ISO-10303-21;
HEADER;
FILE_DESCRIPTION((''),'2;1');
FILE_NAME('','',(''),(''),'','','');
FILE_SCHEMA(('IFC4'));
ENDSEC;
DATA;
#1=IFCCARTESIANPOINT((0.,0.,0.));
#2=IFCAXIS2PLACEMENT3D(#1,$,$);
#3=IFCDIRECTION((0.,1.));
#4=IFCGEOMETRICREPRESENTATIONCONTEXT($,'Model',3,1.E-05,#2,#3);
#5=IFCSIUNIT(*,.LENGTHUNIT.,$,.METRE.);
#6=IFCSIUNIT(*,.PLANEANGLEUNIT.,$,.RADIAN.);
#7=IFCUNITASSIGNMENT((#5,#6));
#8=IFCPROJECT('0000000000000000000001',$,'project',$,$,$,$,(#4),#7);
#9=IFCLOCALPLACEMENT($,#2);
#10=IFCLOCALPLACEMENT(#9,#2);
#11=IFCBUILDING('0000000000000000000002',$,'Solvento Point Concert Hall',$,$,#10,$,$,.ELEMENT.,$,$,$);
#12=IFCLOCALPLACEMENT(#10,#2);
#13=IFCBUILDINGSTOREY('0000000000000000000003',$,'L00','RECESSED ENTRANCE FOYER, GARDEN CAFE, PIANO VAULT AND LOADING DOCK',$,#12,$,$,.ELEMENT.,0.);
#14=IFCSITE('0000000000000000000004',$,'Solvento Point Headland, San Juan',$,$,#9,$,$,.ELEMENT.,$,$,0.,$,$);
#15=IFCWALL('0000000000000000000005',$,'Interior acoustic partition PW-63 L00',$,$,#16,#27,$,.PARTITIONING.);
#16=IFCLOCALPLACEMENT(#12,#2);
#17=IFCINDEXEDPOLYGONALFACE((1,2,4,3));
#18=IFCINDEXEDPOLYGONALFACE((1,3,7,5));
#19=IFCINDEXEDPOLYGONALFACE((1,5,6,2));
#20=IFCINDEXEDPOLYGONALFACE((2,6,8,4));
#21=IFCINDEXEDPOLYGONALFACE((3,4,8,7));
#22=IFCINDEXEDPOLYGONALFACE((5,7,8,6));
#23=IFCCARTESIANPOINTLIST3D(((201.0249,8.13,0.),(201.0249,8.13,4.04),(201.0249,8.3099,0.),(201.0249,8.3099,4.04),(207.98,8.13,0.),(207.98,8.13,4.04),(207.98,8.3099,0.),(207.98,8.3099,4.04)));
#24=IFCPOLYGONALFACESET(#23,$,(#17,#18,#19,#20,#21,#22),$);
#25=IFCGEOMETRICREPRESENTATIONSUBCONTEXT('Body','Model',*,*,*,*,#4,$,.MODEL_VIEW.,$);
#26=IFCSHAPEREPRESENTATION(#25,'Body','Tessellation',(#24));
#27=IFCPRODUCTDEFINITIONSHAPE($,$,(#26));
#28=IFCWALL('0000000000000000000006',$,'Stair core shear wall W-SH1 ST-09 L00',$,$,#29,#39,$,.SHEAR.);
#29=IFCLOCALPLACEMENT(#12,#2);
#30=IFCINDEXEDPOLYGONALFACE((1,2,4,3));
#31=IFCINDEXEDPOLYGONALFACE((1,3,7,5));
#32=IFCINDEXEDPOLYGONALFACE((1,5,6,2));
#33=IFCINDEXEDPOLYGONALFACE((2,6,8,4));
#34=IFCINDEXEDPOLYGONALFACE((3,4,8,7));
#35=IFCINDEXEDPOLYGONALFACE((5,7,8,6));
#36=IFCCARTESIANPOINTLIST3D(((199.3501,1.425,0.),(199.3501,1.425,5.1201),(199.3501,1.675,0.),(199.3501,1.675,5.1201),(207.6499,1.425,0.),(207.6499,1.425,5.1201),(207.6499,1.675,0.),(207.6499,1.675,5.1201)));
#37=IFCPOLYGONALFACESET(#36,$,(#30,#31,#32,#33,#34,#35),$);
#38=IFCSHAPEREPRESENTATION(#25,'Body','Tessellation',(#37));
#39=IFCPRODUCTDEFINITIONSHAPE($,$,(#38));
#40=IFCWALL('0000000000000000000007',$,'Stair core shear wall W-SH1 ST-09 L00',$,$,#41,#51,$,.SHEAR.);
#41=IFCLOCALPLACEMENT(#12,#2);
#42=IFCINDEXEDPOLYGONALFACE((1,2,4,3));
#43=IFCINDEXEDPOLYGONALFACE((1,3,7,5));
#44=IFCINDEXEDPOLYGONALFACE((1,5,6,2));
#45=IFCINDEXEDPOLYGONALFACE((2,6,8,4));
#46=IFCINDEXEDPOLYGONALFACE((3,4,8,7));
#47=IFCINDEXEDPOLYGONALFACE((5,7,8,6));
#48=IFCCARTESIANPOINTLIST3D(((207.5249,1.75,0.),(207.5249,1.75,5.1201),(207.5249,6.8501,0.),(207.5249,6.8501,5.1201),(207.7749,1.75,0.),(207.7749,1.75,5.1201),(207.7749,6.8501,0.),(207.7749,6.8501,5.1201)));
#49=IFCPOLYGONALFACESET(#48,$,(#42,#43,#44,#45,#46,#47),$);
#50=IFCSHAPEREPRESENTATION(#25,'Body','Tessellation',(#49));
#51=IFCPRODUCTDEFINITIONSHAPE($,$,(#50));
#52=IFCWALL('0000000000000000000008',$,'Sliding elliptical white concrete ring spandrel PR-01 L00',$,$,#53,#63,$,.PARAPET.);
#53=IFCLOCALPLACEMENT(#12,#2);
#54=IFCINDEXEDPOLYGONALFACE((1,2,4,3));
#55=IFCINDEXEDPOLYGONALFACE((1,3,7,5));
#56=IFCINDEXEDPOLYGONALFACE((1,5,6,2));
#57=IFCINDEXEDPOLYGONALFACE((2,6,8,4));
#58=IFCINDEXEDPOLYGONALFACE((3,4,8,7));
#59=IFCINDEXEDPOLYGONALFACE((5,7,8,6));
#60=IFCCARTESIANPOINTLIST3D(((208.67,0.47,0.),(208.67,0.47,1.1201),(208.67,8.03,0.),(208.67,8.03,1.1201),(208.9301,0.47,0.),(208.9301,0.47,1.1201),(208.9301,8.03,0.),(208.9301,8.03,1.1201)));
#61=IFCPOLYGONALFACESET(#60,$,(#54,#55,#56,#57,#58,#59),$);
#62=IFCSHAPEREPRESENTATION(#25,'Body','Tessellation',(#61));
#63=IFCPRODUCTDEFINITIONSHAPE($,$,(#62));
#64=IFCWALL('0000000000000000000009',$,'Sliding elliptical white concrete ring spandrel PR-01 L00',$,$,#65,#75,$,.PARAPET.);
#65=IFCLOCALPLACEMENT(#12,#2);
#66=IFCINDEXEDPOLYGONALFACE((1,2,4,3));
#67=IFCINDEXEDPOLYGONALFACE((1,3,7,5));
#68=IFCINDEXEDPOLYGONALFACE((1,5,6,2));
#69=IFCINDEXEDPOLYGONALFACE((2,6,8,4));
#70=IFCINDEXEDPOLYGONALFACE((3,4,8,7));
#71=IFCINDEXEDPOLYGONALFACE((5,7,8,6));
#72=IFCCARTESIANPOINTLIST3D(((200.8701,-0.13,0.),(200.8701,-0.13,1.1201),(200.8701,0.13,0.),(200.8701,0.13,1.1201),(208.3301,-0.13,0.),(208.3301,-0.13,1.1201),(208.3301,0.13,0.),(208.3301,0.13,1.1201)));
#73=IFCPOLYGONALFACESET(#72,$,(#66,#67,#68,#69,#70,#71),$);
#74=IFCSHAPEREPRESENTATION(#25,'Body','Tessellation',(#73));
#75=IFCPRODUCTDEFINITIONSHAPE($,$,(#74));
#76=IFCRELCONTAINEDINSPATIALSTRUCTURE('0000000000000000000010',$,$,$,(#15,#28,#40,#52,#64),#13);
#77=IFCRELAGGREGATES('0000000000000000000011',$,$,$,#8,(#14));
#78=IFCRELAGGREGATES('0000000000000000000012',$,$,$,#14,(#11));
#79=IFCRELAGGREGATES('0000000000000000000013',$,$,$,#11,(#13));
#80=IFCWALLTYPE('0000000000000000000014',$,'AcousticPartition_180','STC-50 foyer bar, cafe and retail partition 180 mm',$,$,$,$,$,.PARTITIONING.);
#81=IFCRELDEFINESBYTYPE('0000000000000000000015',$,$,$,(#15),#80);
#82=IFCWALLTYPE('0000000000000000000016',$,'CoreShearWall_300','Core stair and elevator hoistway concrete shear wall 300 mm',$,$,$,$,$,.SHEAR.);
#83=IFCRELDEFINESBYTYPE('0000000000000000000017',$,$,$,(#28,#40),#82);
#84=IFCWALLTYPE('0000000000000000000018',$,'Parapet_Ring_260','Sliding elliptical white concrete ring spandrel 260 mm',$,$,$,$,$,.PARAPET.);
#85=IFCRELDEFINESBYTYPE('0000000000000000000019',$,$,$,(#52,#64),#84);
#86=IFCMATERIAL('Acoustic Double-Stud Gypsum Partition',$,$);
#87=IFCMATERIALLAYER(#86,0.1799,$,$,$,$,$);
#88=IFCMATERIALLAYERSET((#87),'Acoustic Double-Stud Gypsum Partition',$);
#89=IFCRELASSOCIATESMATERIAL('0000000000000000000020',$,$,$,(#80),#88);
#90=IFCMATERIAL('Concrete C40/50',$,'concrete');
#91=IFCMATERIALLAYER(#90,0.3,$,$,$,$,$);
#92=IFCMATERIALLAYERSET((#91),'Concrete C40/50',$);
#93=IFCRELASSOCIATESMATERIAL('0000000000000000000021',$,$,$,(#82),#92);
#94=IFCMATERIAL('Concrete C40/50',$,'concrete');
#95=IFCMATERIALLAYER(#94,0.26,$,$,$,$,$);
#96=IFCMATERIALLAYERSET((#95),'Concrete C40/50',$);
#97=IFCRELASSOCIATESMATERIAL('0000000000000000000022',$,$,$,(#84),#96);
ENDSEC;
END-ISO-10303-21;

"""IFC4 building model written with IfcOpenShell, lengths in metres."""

from ifc_helpers import new_model, si_unit, direction, frame, frame_2d, origin, place, context, subcontext, project, spatial, rectangle, extrude, material, layer, layer_set, type_object, element, save


model = new_model("IFC4")

# Units and contexts
model_context = context("Model", 3, precision=1e-05, world=origin(), true_north=direction((0.0, 1.0)))
body_context = subcontext(model_context, "Body", "Model", "MODEL_VIEW")
ifc_project = project(units=[si_unit("LENGTHUNIT", "METRE"), si_unit("PLANEANGLEUNIT", "RADIAN")], contexts=[model_context])

# Site, building, storey
site_placement = place(None, origin())
site = spatial("IfcSite", under=ifc_project, at=site_placement, Name="Solvento Point Headland, San Juan", CompositionType="ELEMENT", RefElevation=0.0)
building_placement = place(site_placement, origin())
building = spatial("IfcBuilding", under=site, at=building_placement, Name="Solvento Point Concert Hall", CompositionType="ELEMENT")
storey_placement = place(building_placement, origin())
storey = spatial("IfcBuildingStorey", under=building, at=storey_placement, Name="L00", Description="RECESSED ENTRANCE FOYER, GARDEN CAFE, PIANO VAULT AND LOADING DOCK", CompositionType="ELEMENT", Elevation=0.0)

# Walls
ifc_material_1 = material(Name="Acoustic Double-Stud Gypsum Partition")
ifc_layer_1 = layer(ifc_material_1, 0.1799)
ifc_layer_set_1 = layer_set([ifc_layer_1], Name="Acoustic Double-Stud Gypsum Partition")
wall_type_1 = type_object("IfcWallType", Name="AcousticPartition_180", Description="STC-50 foyer bar, cafe and retail partition 180 mm", PredefinedType="PARTITIONING", material=ifc_layer_set_1)
wall_1_placement = place(storey_placement, frame((207.98, 8.22, 0.0), z_axis=(0.0, 0.0, 1.0), x_axis=(-1.0, 0.0, 0.0)))
element("IfcWall", 1, at=wall_1_placement, inside=storey, type_object=wall_type_1, Name="Interior acoustic partition PW-63 L00", PredefinedType="PARTITIONING", context=body_context, shape_type="SweptSolid", body=[
    extrude(rectangle(XDim=6.9551, YDim=0.1799, at=frame_2d((3.4775, 0.0))), origin(), (0.0, 0.0, 1.0), 4.04),
])
ifc_material_2 = material(Name="Concrete C40/50", Category="concrete")
ifc_layer_2 = layer(ifc_material_2, 0.3)
ifc_layer_set_2 = layer_set([ifc_layer_2], Name="Concrete C40/50")
wall_type_2 = type_object("IfcWallType", Name="CoreShearWall_300", Description="Core stair and elevator hoistway concrete shear wall 300 mm", PredefinedType="SHEAR", material=ifc_layer_set_2)
wall_2_placement = place(storey_placement, frame((207.6499, 1.55, 0.0), z_axis=(0.0, 0.0, 1.0), x_axis=(-1.0, 0.0, 0.0)))
element("IfcWall", 2, at=wall_2_placement, inside=storey, type_object=wall_type_2, Name="Stair core shear wall W-SH1 ST-09 L00", PredefinedType="SHEAR", context=body_context, shape_type="SweptSolid", body=[
    extrude(rectangle(XDim=8.2998, YDim=0.25, at=frame_2d((4.1499, 0.0))), origin(), (0.0, 0.0, 1.0), 5.1201),
])
wall_3_placement = place(storey_placement, frame((207.6499, 6.8501, 0.0), z_axis=(0.0, 0.0, 1.0), x_axis=(0.0, -1.0, 0.0)))
element("IfcWall", 3, at=wall_3_placement, inside=storey, type_object=wall_type_2, Name="Stair core shear wall W-SH1 ST-09 L00", PredefinedType="SHEAR", context=body_context, shape_type="SweptSolid", body=[
    extrude(rectangle(XDim=5.1001, YDim=0.25, at=frame_2d((2.55, 0.0))), origin(), (0.0, 0.0, 1.0), 5.1201),
])
ifc_material_3 = material(Name="Concrete C40/50", Category="concrete")
ifc_layer_3 = layer(ifc_material_3, 0.26)
ifc_layer_set_3 = layer_set([ifc_layer_3], Name="Concrete C40/50")
wall_type_3 = type_object("IfcWallType", Name="Parapet_Ring_260", Description="Sliding elliptical white concrete ring spandrel 260 mm", PredefinedType="PARAPET", material=ifc_layer_set_3)
wall_4_placement = place(storey_placement, frame((208.8, 8.03, 0.0), z_axis=(0.0, 0.0, 1.0), x_axis=(0.0, -1.0, 0.0)))
element("IfcWall", 4, at=wall_4_placement, inside=storey, type_object=wall_type_3, Name="Sliding elliptical white concrete ring spandrel PR-01 L00", PredefinedType="PARAPET", context=body_context, shape_type="SweptSolid", body=[
    extrude(rectangle(XDim=7.5601, YDim=0.26, at=frame_2d((3.78, 0.0))), origin(), (0.0, 0.0, 1.0), 1.1201),
])
wall_5_placement = place(storey_placement, frame((208.3301, 0.0, 0.0), z_axis=(0.0, 0.0, 1.0), x_axis=(-1.0, 0.0, 0.0)))
element("IfcWall", 5, at=wall_5_placement, inside=storey, type_object=wall_type_3, Name="Sliding elliptical white concrete ring spandrel PR-01 L00", PredefinedType="PARAPET", context=body_context, shape_type="SweptSolid", body=[
    extrude(rectangle(XDim=7.46, YDim=0.26, at=frame_2d((3.73, 0.0))), origin(), (0.0, 0.0, 1.0), 1.1201),
])

save(model, "model.ifc")
